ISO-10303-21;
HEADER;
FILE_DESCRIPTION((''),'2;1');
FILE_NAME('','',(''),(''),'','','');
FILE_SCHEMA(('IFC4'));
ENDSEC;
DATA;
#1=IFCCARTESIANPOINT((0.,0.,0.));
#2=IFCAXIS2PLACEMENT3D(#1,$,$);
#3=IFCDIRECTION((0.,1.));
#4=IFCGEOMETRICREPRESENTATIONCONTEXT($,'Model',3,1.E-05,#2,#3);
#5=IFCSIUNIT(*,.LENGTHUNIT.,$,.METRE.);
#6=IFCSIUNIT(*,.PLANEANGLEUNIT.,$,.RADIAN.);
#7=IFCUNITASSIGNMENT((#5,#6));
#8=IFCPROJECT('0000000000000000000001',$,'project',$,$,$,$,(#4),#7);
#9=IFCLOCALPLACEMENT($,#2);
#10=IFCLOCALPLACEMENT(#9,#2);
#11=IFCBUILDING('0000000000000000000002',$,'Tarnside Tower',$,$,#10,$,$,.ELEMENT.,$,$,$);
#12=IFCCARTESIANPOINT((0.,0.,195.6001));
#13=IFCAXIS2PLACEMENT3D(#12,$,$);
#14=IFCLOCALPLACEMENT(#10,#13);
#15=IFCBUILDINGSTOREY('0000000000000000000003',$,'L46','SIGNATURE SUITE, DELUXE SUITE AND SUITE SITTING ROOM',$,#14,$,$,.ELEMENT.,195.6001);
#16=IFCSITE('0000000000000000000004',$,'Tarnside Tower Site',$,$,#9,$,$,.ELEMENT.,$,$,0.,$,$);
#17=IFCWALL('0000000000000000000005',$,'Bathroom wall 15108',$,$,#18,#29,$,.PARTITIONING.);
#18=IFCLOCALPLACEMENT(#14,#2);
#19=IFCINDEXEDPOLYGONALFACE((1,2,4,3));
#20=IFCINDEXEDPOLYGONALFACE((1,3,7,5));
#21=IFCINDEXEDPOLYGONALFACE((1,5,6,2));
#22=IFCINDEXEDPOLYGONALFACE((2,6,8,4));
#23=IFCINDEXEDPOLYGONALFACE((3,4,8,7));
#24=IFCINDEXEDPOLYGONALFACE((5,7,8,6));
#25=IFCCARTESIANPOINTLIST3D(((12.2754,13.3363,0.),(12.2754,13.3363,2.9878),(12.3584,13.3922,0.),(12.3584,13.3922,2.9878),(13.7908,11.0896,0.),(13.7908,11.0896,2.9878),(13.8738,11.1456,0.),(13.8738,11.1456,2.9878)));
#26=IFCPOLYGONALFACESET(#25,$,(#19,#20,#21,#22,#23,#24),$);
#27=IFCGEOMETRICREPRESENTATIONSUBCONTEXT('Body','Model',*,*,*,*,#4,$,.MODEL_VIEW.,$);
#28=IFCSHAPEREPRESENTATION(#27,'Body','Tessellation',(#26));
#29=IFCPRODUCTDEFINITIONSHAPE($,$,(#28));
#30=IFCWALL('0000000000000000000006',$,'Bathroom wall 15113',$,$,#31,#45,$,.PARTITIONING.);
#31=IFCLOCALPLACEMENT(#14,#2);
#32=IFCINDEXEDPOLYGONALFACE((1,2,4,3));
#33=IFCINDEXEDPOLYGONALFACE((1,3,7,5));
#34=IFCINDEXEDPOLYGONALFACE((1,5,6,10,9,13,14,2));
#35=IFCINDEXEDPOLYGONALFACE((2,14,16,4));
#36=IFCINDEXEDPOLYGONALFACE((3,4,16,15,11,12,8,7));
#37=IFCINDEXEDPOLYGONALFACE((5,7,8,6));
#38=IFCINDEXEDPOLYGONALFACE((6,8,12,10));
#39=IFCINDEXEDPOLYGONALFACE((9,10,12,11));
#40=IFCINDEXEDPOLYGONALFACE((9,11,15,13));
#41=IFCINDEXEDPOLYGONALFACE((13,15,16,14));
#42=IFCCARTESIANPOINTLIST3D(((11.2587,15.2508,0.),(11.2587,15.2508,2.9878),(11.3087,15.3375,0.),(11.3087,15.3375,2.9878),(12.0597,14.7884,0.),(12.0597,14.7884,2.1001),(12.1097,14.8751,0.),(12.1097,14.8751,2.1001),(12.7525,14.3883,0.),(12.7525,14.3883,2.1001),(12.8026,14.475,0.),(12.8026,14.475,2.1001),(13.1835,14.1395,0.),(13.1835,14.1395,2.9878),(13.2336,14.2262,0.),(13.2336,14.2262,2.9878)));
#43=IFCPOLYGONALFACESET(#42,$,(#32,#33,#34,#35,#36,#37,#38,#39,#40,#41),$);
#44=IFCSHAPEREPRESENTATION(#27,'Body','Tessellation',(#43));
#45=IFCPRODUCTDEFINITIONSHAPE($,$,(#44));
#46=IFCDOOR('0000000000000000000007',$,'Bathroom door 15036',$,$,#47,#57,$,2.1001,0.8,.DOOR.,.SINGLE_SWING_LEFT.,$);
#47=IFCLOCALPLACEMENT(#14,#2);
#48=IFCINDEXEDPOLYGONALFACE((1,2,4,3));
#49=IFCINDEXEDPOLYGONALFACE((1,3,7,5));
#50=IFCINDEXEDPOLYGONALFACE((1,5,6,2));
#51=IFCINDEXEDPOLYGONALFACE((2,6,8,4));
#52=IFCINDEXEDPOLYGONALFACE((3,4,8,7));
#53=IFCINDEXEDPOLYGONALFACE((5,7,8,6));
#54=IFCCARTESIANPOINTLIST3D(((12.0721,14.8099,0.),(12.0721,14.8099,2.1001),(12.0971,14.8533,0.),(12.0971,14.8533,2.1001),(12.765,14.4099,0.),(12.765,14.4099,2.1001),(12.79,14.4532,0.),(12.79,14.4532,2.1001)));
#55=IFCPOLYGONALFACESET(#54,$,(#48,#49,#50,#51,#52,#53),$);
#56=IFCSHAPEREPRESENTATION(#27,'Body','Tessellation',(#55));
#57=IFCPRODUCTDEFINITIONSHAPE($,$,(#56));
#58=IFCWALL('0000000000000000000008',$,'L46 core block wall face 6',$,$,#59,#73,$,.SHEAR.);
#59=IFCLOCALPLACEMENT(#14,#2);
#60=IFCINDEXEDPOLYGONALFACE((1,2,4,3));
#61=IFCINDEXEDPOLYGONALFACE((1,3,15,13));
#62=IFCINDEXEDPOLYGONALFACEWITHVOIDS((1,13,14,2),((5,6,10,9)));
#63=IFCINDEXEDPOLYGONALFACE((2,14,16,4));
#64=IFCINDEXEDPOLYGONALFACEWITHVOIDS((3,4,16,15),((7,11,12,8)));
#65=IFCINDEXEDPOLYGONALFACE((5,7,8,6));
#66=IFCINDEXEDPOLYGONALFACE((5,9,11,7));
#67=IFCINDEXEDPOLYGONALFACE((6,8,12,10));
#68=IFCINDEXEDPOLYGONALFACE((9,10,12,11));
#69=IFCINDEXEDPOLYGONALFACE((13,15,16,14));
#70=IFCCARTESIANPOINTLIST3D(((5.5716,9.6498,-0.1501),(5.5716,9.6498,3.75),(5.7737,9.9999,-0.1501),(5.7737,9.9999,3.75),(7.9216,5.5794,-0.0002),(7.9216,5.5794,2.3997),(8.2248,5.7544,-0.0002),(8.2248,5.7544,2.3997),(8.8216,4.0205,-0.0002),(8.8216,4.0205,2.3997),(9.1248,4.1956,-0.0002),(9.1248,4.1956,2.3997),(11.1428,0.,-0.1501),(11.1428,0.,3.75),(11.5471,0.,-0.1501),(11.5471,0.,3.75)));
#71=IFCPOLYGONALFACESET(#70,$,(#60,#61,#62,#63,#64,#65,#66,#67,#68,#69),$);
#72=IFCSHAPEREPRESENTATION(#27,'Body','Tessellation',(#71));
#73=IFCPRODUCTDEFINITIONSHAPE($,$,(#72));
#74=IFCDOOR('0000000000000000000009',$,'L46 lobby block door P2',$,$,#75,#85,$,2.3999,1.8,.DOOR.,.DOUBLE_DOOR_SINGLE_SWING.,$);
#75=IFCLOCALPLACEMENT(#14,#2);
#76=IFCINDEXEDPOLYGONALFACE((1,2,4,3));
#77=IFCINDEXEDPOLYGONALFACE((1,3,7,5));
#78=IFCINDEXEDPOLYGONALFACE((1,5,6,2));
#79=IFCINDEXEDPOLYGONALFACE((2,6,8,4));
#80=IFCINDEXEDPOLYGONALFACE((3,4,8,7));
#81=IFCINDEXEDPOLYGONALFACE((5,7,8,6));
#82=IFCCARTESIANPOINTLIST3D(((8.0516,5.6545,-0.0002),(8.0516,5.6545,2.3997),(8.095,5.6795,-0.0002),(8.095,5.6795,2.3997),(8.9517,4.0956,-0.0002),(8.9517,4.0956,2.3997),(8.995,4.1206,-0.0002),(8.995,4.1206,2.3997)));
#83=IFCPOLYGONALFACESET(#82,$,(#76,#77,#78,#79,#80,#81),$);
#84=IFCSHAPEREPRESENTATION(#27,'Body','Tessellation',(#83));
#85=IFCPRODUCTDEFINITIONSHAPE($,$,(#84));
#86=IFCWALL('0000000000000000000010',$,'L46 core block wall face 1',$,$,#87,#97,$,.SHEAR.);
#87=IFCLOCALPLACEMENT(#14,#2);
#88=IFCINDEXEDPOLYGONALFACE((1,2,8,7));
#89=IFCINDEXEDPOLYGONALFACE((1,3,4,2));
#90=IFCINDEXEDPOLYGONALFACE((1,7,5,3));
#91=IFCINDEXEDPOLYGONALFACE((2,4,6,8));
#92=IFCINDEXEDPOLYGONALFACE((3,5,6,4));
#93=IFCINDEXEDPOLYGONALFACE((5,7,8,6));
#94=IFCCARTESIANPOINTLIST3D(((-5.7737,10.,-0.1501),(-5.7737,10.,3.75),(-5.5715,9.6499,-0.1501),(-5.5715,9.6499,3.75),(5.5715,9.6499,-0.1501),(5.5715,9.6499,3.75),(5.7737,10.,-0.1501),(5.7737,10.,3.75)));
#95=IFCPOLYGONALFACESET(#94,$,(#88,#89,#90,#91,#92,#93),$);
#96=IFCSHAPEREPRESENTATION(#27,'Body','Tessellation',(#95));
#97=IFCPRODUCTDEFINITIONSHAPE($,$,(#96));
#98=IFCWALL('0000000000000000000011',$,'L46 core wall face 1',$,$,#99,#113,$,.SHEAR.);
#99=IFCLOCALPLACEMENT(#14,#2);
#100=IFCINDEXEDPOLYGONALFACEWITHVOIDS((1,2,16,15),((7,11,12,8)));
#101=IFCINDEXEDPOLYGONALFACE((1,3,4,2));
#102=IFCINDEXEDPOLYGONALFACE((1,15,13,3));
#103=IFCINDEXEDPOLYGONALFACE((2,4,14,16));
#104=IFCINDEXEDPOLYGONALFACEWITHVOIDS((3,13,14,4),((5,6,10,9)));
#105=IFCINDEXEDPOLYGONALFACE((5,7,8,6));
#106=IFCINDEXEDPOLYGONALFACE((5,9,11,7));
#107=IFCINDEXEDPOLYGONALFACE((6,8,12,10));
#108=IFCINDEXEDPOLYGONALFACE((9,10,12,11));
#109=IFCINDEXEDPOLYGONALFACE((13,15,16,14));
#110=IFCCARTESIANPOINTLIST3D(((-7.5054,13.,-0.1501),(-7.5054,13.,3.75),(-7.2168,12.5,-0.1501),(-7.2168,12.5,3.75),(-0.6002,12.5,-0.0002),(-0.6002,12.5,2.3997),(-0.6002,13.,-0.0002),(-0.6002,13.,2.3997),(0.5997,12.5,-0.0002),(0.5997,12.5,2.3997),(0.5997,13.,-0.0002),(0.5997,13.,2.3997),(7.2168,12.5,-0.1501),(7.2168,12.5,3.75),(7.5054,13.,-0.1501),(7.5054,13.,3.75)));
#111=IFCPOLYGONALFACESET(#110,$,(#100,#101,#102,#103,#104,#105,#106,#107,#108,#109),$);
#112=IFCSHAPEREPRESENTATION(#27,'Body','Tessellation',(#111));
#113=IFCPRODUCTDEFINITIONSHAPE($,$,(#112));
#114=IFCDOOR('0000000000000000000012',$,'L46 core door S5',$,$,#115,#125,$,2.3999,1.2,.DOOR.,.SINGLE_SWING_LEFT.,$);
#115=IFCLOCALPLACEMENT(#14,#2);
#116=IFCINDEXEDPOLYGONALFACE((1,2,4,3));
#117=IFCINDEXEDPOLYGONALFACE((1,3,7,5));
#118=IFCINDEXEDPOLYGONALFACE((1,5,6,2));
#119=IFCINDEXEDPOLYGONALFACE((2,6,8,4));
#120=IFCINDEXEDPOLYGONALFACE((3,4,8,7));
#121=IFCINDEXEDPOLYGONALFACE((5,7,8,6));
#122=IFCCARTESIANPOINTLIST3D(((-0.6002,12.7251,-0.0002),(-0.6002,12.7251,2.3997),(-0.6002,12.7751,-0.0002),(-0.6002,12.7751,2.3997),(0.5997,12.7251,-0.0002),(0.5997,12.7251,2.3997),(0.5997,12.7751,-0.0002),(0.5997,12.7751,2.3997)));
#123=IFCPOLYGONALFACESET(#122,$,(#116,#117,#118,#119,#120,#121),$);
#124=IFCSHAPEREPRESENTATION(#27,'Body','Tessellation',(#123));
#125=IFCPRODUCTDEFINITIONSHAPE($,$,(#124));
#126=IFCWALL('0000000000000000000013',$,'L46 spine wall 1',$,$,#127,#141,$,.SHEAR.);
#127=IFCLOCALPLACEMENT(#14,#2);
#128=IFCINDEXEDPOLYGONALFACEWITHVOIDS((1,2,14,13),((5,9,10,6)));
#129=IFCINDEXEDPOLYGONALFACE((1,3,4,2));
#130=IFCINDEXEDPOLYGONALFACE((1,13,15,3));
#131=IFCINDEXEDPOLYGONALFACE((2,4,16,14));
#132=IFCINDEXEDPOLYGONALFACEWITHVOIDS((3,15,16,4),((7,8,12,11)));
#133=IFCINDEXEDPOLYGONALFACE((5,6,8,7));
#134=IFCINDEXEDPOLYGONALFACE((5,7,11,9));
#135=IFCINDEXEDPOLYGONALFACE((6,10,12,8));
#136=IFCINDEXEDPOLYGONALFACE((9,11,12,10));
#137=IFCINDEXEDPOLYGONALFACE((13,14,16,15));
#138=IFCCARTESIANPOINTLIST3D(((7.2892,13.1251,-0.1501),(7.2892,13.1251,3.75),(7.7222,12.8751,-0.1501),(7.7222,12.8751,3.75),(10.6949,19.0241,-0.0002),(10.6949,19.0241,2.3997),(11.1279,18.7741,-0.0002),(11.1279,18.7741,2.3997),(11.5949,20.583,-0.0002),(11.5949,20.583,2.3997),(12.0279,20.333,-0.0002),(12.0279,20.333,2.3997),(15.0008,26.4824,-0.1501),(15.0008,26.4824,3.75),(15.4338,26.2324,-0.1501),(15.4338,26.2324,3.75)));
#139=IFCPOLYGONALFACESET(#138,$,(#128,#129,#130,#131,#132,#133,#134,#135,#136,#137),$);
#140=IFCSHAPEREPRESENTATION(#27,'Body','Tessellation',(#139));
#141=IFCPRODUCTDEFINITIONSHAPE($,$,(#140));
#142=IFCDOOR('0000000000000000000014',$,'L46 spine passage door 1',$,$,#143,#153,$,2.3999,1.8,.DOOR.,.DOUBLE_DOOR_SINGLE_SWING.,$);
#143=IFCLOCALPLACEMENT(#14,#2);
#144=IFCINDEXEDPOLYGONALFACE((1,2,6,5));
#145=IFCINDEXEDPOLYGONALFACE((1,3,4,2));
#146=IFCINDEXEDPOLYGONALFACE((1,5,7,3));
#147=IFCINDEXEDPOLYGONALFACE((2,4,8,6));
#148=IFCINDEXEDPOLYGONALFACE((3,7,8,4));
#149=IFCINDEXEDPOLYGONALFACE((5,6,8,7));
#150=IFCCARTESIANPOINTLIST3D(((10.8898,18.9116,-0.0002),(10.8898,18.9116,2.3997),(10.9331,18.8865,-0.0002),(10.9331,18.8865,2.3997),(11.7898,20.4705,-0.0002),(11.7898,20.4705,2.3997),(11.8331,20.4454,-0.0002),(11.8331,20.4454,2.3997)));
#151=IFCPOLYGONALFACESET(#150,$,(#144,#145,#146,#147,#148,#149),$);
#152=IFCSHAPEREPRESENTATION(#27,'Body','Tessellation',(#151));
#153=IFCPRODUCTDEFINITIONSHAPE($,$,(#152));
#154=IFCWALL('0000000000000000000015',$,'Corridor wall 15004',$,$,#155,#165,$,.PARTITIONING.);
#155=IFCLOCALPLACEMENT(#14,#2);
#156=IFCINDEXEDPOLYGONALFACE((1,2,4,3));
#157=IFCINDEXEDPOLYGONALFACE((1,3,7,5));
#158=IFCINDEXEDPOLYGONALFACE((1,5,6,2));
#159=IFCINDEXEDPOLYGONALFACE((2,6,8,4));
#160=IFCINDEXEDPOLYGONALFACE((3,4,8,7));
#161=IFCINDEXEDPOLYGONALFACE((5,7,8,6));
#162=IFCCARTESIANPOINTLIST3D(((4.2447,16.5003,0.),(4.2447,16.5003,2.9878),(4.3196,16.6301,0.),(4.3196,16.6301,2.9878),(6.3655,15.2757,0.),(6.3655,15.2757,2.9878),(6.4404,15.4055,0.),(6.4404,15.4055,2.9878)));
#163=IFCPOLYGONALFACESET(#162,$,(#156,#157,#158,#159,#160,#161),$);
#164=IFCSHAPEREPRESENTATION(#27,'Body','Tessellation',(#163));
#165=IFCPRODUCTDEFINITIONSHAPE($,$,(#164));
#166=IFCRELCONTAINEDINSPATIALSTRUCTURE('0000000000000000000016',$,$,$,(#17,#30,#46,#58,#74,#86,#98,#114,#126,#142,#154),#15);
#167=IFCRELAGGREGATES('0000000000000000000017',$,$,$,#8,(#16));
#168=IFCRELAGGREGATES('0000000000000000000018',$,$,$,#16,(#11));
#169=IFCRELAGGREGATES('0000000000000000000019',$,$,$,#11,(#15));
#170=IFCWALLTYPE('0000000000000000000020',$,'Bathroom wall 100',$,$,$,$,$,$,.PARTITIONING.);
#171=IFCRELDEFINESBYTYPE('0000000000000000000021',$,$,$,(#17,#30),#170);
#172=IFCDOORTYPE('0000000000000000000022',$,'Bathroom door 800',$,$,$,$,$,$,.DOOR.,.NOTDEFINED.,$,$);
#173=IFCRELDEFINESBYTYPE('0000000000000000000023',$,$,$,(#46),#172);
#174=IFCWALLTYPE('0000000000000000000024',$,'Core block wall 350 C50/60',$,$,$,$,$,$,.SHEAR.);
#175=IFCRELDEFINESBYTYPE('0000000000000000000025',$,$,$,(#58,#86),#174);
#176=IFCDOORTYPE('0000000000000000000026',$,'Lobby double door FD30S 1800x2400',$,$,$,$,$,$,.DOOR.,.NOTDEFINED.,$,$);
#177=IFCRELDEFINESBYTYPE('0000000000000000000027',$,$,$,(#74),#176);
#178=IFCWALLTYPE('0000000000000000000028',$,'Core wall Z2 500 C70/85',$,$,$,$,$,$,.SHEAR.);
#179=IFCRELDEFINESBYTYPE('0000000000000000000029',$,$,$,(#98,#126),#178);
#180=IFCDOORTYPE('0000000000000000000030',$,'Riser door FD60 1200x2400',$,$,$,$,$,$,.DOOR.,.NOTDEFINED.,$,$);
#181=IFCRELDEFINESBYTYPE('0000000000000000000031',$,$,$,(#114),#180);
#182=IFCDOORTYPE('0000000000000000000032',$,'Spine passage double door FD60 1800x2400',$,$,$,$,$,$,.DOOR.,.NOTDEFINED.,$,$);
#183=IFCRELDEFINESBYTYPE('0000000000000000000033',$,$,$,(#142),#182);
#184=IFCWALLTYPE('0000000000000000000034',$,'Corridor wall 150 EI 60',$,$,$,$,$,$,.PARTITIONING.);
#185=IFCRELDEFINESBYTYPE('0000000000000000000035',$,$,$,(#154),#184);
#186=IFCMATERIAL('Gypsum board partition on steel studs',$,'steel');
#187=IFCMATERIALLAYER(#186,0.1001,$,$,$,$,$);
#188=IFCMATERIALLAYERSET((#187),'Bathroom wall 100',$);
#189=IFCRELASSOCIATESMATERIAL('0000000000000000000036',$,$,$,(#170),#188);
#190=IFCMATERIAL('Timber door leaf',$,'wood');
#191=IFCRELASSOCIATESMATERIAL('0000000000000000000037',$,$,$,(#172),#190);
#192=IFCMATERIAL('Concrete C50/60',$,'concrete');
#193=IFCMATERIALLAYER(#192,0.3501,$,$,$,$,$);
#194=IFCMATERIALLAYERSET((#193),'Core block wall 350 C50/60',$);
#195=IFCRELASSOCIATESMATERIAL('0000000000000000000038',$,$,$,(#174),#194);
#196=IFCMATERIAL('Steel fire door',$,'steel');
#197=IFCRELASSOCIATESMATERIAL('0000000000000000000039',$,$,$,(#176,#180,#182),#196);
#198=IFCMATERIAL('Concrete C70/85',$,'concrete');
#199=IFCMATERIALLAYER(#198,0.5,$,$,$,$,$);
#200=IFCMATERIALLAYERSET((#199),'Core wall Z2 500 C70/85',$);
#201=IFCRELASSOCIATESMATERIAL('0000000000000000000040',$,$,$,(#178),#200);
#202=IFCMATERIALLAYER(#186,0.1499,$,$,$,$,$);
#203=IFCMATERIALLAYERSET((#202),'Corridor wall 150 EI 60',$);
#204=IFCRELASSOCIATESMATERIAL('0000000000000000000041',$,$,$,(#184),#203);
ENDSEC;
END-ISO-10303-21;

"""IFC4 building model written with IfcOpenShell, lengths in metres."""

from ifc_helpers import new_model, si_unit, direction, frame, frame_2d, origin, place, context, subcontext, project, spatial, polyline, rectangle, outline, extrude, material, layer, layer_set, type_object, element, fill, save


model = new_model("IFC4")

# Units and contexts
model_context = context("Model", 3, precision=1e-05, world=origin(), true_north=direction((0.0, 1.0)))
body_context = subcontext(model_context, "Body", "Model", "MODEL_VIEW")
ifc_project = project(units=[si_unit("LENGTHUNIT", "METRE"), si_unit("PLANEANGLEUNIT", "RADIAN")], contexts=[model_context])

# Site, building, storey
site_placement = place(None, origin())
site = spatial("IfcSite", under=ifc_project, at=site_placement, Name="Tarnside Tower Site", CompositionType="ELEMENT", RefElevation=0.0)
building_placement = place(site_placement, origin())
building = spatial("IfcBuilding", under=site, at=building_placement, Name="Tarnside Tower", CompositionType="ELEMENT")
storey_placement = place(building_placement, frame((0.0, 0.0, 195.6001)))
storey = spatial("IfcBuildingStorey", under=building, at=storey_placement, Name="L46", Description="SIGNATURE SUITE, DELUXE SUITE AND SUITE SITTING ROOM", CompositionType="ELEMENT", Elevation=195.6001)

# Wall
ifc_material_1 = material(Name="Gypsum board partition on steel studs", Category="steel")
ifc_layer_1 = layer(ifc_material_1, 0.1001)
ifc_layer_set_1 = layer_set([ifc_layer_1], Name="Bathroom wall 100")
wall_type_1 = type_object("IfcWallType", Name="Bathroom wall 100", PredefinedType="PARTITIONING", material=ifc_layer_set_1)
wall_1_placement = place(storey_placement, frame((12.3169, 13.3643, 0.0), z_axis=(0.0, 0.0, 1.0), x_axis=(0.559204, -0.82903, 0.0)))
element("IfcWall", 1, at=wall_1_placement, inside=storey, type_object=wall_type_1, Name="Bathroom wall 15108", PredefinedType="PARTITIONING", context=body_context, shape_type="SweptSolid", body=[
    extrude(rectangle(XDim=2.71, YDim=0.1001, at=frame_2d((1.355, 0.0))), origin(), (0.0, 0.0, 1.0), 2.9878),
])

# Walls, openings, doors
wall_2_placement = place(storey_placement, frame((11.2837, 15.2942, 0.0), z_axis=(0.0, 0.0, 1.0), x_axis=(0.866017, -0.500014, 0.0)))
wall_2 = element("IfcWall", 2, at=wall_2_placement, inside=storey, type_object=wall_type_1, Name="Bathroom wall 15113", PredefinedType="PARTITIONING", context=body_context, shape_type="SweptSolid", body=[
    extrude(rectangle(XDim=2.2227, YDim=0.1001, at=frame_2d((1.1113, 0.0))), origin(), (0.0, 0.0, 1.0), 2.9878),
])
opening_1_placement = place(wall_2_placement, frame((0.925, 0.0, 0.0)))
opening_1 = element("IfcOpeningElement", 3, at=opening_1_placement, cuts=wall_2, PredefinedType="OPENING", context=body_context, shape_type="SweptSolid", body=[
    extrude(rectangle(XDim=0.8, YDim=2.1001, at=frame_2d((0.3999, 1.05))), frame((0.0, 0.0601, 0.0), z_axis=(0.0, -1.0, 0.0), x_axis=(1.0, 0.0, 0.0)), (0.0, 0.0, 1.0), 0.1201),
])
ifc_material_2 = material(Name="Timber door leaf", Category="wood")
door_type_1 = type_object("IfcDoorType", Name="Bathroom door 800", OperationType="NOTDEFINED", PredefinedType="DOOR", material=ifc_material_2)
door_1_placement = place(opening_1_placement, origin())
door_1 = element("IfcDoor", 4, at=door_1_placement, inside=storey, type_object=door_type_1, Name="Bathroom door 15036", OperationType="SINGLE_SWING_LEFT", OverallHeight=2.1001, OverallWidth=0.8, PredefinedType="DOOR", context=body_context, shape_type="SweptSolid", body=[
    extrude(rectangle(XDim=0.8, YDim=2.1001, at=frame_2d((0.3999, 1.05))), frame((0.0, 0.0249, 0.0), z_axis=(0.0, -1.0, 0.0), x_axis=(1.0, 0.0, 0.0)), (0.0, 0.0, 1.0), 0.05),
])
fill(opening_1, door_1)
ifc_material_3 = material(Name="Concrete C50/60", Category="concrete")
ifc_layer_2 = layer(ifc_material_3, 0.3501)
ifc_layer_set_2 = layer_set([ifc_layer_2], Name="Core block wall 350 C50/60")
wall_type_2 = type_object("IfcWallType", Name="Core block wall 350 C50/60", PredefinedType="SHEAR", material=ifc_layer_set_2)
wall_3_placement = place(storey_placement, frame((11.345, 0.0, -0.1501), z_axis=(0.0, 0.0, 1.0), x_axis=(-0.499995, 0.866028, 0.0)))
wall_3 = element("IfcWall", 5, at=wall_3_placement, inside=storey, type_object=wall_type_2, Name="L46 core block wall face 6", PredefinedType="SHEAR", context=body_context, shape_type="SweptSolid", body=[
    extrude(outline(polyline([(-0.1011, -0.175), (11.4458, -0.175), (11.2437, 0.175), (0.1011, 0.175), (-0.1011, -0.175)])), origin(), (0.0, 0.0, 1.0), 3.9001),
])
opening_2_placement = place(wall_3_placement, frame((4.7437, 0.0, 0.1499)))
opening_2 = element("IfcOpeningElement", 6, at=opening_2_placement, cuts=wall_3, PredefinedType="OPENING", context=body_context, shape_type="SweptSolid", body=[
    extrude(rectangle(XDim=1.8, YDim=2.3999, at=frame_2d((0.8999, 1.2))), frame((0.0, 0.1851, 0.0), z_axis=(0.0, -1.0, 0.0), x_axis=(1.0, 0.0, 0.0)), (0.0, 0.0, 1.0), 0.3701),
])
ifc_material_4 = material(Name="Steel fire door", Category="steel")
door_type_2 = type_object("IfcDoorType", Name="Lobby double door FD30S 1800x2400", OperationType="NOTDEFINED", PredefinedType="DOOR", material=ifc_material_4)
door_2_placement = place(opening_2_placement, origin())
door_2 = element("IfcDoor", 7, at=door_2_placement, inside=storey, type_object=door_type_2, Name="L46 lobby block door P2", OperationType="DOUBLE_DOOR_SINGLE_SWING", OverallHeight=2.3999, OverallWidth=1.8, PredefinedType="DOOR", context=body_context, shape_type="SweptSolid", body=[
    extrude(rectangle(XDim=1.8, YDim=2.3999, at=frame_2d((0.8999, 1.2))), frame((0.0, 0.0249, 0.0), z_axis=(0.0, -1.0, 0.0), x_axis=(1.0, 0.0, 0.0)), (0.0, 0.0, 1.0), 0.05),
])
fill(opening_2, door_2)

# Wall
wall_4_placement = place(storey_placement, frame((5.6726, 9.825, -0.1501), z_axis=(0.0, 0.0, 1.0), x_axis=(-1.0, 0.0, 0.0)))
element("IfcWall", 8, at=wall_4_placement, inside=storey, type_object=wall_type_2, Name="L46 core block wall face 1", PredefinedType="SHEAR", context=body_context, shape_type="SweptSolid", body=[
    extrude(outline(polyline([(-0.1011, -0.175), (11.4463, -0.175), (11.2441, 0.175), (0.1011, 0.175), (-0.1011, -0.175)])), origin(), (0.0, 0.0, 1.0), 3.9001),
])

# Walls, openings, doors
ifc_material_5 = material(Name="Concrete C70/85", Category="concrete")
ifc_layer_3 = layer(ifc_material_5, 0.5)
ifc_layer_set_3 = layer_set([ifc_layer_3], Name="Core wall Z2 500 C70/85")
wall_type_3 = type_object("IfcWallType", Name="Core wall Z2 500 C70/85", PredefinedType="SHEAR", material=ifc_layer_set_3)
wall_5_placement = place(storey_placement, frame((7.3611, 12.75, -0.1501), z_axis=(0.0, 0.0, 1.0), x_axis=(-1.0, 0.0, 0.0)))
wall_5 = element("IfcWall", 9, at=wall_5_placement, inside=storey, type_object=wall_type_3, Name="L46 core wall face 1", PredefinedType="SHEAR", context=body_context, shape_type="SweptSolid", body=[
    extrude(outline(polyline([(-0.1443, -0.25), (14.8665, -0.25), (14.5779, 0.25), (0.1443, 0.25), (-0.1443, -0.25)])), origin(), (0.0, 0.0, 1.0), 3.9001),
])
opening_3_placement = place(wall_5_placement, frame((6.7612, 0.0, 0.1499)))
opening_3 = element("IfcOpeningElement", 10, at=opening_3_placement, cuts=wall_5, PredefinedType="OPENING", context=body_context, shape_type="SweptSolid", body=[
    extrude(rectangle(XDim=1.2, YDim=2.3999, at=frame_2d((0.6001, 1.2))), frame((0.0, 0.26, 0.0), z_axis=(0.0, -1.0, 0.0), x_axis=(1.0, 0.0, 0.0)), (0.0, 0.0, 1.0), 0.52),
])
door_type_3 = type_object("IfcDoorType", Name="Riser door FD60 1200x2400", OperationType="NOTDEFINED", PredefinedType="DOOR", material=ifc_material_4)
door_3_placement = place(opening_3_placement, origin())
door_3 = element("IfcDoor", 11, at=door_3_placement, inside=storey, type_object=door_type_3, Name="L46 core door S5", OperationType="SINGLE_SWING_LEFT", OverallHeight=2.3999, OverallWidth=1.2, PredefinedType="DOOR", context=body_context, shape_type="SweptSolid", body=[
    extrude(rectangle(XDim=1.2, YDim=2.3999, at=frame_2d((0.6001, 1.2))), frame((0.0, 0.0249, 0.0), z_axis=(0.0, -1.0, 0.0), x_axis=(1.0, 0.0, 0.0)), (0.0, 0.0, 1.0), 0.05),
])
fill(opening_3, door_3)
wall_6_placement = place(storey_placement, frame((7.5056, 13.0, -0.1501), z_axis=(0.0, 0.0, 1.0), x_axis=(0.499988, 0.866032, 0.0)))
wall_6 = element("IfcWall", 12, at=wall_6_placement, inside=storey, type_object=wall_type_3, Name="L46 spine wall 1", PredefinedType="SHEAR", context=body_context, shape_type="SweptSolid", body=[
    extrude(rectangle(XDim=15.4236, YDim=0.5, at=frame_2d((7.7119, 0.0))), origin(), (0.0, 0.0, 1.0), 3.9001),
])
opening_4_placement = place(wall_6_placement, frame((6.8118, 0.0, 0.1499)))
opening_4 = element("IfcOpeningElement", 13, at=opening_4_placement, cuts=wall_6, PredefinedType="OPENING", context=body_context, shape_type="SweptSolid", body=[
    extrude(rectangle(XDim=1.8, YDim=2.3999, at=frame_2d((0.8999, 1.2))), frame((0.0, 0.26, 0.0), z_axis=(0.0, -1.0, 0.0), x_axis=(1.0, 0.0, 0.0)), (0.0, 0.0, 1.0), 0.52),
])
door_type_4 = type_object("IfcDoorType", Name="Spine passage double door FD60 1800x2400", OperationType="NOTDEFINED", PredefinedType="DOOR", material=ifc_material_4)
door_4_placement = place(opening_4_placement, origin())
door_4 = element("IfcDoor", 14, at=door_4_placement, inside=storey, type_object=door_type_4, Name="L46 spine passage door 1", OperationType="DOUBLE_DOOR_SINGLE_SWING", OverallHeight=2.3999, OverallWidth=1.8, PredefinedType="DOOR", context=body_context, shape_type="SweptSolid", body=[
    extrude(rectangle(XDim=1.8, YDim=2.3999, at=frame_2d((0.8999, 1.2))), frame((0.0, 0.0249, 0.0), z_axis=(0.0, -1.0, 0.0), x_axis=(1.0, 0.0, 0.0)), (0.0, 0.0, 1.0), 0.05),
])
fill(opening_4, door_4)

# Wall
ifc_layer_4 = layer(ifc_material_1, 0.1499)
ifc_layer_set_4 = layer_set([ifc_layer_4], Name="Corridor wall 150 EI 60")
wall_type_4 = type_object("IfcWallType", Name="Corridor wall 150 EI 60", PredefinedType="PARTITIONING", material=ifc_layer_set_4)
wall_7_placement = place(storey_placement, frame((6.4031, 15.3406, 0.0), z_axis=(0.0, 0.0, 1.0), x_axis=(-0.866001, 0.500042, 0.0)))
element("IfcWall", 15, at=wall_7_placement, inside=storey, type_object=wall_type_4, Name="Corridor wall 15004", PredefinedType="PARTITIONING", context=body_context, shape_type="SweptSolid", body=[
    extrude(rectangle(XDim=2.449, YDim=0.1499, at=frame_2d((1.2246, 0.0))), origin(), (0.0, 0.0, 1.0), 2.9878),
])

save(model, "model.ifc")
